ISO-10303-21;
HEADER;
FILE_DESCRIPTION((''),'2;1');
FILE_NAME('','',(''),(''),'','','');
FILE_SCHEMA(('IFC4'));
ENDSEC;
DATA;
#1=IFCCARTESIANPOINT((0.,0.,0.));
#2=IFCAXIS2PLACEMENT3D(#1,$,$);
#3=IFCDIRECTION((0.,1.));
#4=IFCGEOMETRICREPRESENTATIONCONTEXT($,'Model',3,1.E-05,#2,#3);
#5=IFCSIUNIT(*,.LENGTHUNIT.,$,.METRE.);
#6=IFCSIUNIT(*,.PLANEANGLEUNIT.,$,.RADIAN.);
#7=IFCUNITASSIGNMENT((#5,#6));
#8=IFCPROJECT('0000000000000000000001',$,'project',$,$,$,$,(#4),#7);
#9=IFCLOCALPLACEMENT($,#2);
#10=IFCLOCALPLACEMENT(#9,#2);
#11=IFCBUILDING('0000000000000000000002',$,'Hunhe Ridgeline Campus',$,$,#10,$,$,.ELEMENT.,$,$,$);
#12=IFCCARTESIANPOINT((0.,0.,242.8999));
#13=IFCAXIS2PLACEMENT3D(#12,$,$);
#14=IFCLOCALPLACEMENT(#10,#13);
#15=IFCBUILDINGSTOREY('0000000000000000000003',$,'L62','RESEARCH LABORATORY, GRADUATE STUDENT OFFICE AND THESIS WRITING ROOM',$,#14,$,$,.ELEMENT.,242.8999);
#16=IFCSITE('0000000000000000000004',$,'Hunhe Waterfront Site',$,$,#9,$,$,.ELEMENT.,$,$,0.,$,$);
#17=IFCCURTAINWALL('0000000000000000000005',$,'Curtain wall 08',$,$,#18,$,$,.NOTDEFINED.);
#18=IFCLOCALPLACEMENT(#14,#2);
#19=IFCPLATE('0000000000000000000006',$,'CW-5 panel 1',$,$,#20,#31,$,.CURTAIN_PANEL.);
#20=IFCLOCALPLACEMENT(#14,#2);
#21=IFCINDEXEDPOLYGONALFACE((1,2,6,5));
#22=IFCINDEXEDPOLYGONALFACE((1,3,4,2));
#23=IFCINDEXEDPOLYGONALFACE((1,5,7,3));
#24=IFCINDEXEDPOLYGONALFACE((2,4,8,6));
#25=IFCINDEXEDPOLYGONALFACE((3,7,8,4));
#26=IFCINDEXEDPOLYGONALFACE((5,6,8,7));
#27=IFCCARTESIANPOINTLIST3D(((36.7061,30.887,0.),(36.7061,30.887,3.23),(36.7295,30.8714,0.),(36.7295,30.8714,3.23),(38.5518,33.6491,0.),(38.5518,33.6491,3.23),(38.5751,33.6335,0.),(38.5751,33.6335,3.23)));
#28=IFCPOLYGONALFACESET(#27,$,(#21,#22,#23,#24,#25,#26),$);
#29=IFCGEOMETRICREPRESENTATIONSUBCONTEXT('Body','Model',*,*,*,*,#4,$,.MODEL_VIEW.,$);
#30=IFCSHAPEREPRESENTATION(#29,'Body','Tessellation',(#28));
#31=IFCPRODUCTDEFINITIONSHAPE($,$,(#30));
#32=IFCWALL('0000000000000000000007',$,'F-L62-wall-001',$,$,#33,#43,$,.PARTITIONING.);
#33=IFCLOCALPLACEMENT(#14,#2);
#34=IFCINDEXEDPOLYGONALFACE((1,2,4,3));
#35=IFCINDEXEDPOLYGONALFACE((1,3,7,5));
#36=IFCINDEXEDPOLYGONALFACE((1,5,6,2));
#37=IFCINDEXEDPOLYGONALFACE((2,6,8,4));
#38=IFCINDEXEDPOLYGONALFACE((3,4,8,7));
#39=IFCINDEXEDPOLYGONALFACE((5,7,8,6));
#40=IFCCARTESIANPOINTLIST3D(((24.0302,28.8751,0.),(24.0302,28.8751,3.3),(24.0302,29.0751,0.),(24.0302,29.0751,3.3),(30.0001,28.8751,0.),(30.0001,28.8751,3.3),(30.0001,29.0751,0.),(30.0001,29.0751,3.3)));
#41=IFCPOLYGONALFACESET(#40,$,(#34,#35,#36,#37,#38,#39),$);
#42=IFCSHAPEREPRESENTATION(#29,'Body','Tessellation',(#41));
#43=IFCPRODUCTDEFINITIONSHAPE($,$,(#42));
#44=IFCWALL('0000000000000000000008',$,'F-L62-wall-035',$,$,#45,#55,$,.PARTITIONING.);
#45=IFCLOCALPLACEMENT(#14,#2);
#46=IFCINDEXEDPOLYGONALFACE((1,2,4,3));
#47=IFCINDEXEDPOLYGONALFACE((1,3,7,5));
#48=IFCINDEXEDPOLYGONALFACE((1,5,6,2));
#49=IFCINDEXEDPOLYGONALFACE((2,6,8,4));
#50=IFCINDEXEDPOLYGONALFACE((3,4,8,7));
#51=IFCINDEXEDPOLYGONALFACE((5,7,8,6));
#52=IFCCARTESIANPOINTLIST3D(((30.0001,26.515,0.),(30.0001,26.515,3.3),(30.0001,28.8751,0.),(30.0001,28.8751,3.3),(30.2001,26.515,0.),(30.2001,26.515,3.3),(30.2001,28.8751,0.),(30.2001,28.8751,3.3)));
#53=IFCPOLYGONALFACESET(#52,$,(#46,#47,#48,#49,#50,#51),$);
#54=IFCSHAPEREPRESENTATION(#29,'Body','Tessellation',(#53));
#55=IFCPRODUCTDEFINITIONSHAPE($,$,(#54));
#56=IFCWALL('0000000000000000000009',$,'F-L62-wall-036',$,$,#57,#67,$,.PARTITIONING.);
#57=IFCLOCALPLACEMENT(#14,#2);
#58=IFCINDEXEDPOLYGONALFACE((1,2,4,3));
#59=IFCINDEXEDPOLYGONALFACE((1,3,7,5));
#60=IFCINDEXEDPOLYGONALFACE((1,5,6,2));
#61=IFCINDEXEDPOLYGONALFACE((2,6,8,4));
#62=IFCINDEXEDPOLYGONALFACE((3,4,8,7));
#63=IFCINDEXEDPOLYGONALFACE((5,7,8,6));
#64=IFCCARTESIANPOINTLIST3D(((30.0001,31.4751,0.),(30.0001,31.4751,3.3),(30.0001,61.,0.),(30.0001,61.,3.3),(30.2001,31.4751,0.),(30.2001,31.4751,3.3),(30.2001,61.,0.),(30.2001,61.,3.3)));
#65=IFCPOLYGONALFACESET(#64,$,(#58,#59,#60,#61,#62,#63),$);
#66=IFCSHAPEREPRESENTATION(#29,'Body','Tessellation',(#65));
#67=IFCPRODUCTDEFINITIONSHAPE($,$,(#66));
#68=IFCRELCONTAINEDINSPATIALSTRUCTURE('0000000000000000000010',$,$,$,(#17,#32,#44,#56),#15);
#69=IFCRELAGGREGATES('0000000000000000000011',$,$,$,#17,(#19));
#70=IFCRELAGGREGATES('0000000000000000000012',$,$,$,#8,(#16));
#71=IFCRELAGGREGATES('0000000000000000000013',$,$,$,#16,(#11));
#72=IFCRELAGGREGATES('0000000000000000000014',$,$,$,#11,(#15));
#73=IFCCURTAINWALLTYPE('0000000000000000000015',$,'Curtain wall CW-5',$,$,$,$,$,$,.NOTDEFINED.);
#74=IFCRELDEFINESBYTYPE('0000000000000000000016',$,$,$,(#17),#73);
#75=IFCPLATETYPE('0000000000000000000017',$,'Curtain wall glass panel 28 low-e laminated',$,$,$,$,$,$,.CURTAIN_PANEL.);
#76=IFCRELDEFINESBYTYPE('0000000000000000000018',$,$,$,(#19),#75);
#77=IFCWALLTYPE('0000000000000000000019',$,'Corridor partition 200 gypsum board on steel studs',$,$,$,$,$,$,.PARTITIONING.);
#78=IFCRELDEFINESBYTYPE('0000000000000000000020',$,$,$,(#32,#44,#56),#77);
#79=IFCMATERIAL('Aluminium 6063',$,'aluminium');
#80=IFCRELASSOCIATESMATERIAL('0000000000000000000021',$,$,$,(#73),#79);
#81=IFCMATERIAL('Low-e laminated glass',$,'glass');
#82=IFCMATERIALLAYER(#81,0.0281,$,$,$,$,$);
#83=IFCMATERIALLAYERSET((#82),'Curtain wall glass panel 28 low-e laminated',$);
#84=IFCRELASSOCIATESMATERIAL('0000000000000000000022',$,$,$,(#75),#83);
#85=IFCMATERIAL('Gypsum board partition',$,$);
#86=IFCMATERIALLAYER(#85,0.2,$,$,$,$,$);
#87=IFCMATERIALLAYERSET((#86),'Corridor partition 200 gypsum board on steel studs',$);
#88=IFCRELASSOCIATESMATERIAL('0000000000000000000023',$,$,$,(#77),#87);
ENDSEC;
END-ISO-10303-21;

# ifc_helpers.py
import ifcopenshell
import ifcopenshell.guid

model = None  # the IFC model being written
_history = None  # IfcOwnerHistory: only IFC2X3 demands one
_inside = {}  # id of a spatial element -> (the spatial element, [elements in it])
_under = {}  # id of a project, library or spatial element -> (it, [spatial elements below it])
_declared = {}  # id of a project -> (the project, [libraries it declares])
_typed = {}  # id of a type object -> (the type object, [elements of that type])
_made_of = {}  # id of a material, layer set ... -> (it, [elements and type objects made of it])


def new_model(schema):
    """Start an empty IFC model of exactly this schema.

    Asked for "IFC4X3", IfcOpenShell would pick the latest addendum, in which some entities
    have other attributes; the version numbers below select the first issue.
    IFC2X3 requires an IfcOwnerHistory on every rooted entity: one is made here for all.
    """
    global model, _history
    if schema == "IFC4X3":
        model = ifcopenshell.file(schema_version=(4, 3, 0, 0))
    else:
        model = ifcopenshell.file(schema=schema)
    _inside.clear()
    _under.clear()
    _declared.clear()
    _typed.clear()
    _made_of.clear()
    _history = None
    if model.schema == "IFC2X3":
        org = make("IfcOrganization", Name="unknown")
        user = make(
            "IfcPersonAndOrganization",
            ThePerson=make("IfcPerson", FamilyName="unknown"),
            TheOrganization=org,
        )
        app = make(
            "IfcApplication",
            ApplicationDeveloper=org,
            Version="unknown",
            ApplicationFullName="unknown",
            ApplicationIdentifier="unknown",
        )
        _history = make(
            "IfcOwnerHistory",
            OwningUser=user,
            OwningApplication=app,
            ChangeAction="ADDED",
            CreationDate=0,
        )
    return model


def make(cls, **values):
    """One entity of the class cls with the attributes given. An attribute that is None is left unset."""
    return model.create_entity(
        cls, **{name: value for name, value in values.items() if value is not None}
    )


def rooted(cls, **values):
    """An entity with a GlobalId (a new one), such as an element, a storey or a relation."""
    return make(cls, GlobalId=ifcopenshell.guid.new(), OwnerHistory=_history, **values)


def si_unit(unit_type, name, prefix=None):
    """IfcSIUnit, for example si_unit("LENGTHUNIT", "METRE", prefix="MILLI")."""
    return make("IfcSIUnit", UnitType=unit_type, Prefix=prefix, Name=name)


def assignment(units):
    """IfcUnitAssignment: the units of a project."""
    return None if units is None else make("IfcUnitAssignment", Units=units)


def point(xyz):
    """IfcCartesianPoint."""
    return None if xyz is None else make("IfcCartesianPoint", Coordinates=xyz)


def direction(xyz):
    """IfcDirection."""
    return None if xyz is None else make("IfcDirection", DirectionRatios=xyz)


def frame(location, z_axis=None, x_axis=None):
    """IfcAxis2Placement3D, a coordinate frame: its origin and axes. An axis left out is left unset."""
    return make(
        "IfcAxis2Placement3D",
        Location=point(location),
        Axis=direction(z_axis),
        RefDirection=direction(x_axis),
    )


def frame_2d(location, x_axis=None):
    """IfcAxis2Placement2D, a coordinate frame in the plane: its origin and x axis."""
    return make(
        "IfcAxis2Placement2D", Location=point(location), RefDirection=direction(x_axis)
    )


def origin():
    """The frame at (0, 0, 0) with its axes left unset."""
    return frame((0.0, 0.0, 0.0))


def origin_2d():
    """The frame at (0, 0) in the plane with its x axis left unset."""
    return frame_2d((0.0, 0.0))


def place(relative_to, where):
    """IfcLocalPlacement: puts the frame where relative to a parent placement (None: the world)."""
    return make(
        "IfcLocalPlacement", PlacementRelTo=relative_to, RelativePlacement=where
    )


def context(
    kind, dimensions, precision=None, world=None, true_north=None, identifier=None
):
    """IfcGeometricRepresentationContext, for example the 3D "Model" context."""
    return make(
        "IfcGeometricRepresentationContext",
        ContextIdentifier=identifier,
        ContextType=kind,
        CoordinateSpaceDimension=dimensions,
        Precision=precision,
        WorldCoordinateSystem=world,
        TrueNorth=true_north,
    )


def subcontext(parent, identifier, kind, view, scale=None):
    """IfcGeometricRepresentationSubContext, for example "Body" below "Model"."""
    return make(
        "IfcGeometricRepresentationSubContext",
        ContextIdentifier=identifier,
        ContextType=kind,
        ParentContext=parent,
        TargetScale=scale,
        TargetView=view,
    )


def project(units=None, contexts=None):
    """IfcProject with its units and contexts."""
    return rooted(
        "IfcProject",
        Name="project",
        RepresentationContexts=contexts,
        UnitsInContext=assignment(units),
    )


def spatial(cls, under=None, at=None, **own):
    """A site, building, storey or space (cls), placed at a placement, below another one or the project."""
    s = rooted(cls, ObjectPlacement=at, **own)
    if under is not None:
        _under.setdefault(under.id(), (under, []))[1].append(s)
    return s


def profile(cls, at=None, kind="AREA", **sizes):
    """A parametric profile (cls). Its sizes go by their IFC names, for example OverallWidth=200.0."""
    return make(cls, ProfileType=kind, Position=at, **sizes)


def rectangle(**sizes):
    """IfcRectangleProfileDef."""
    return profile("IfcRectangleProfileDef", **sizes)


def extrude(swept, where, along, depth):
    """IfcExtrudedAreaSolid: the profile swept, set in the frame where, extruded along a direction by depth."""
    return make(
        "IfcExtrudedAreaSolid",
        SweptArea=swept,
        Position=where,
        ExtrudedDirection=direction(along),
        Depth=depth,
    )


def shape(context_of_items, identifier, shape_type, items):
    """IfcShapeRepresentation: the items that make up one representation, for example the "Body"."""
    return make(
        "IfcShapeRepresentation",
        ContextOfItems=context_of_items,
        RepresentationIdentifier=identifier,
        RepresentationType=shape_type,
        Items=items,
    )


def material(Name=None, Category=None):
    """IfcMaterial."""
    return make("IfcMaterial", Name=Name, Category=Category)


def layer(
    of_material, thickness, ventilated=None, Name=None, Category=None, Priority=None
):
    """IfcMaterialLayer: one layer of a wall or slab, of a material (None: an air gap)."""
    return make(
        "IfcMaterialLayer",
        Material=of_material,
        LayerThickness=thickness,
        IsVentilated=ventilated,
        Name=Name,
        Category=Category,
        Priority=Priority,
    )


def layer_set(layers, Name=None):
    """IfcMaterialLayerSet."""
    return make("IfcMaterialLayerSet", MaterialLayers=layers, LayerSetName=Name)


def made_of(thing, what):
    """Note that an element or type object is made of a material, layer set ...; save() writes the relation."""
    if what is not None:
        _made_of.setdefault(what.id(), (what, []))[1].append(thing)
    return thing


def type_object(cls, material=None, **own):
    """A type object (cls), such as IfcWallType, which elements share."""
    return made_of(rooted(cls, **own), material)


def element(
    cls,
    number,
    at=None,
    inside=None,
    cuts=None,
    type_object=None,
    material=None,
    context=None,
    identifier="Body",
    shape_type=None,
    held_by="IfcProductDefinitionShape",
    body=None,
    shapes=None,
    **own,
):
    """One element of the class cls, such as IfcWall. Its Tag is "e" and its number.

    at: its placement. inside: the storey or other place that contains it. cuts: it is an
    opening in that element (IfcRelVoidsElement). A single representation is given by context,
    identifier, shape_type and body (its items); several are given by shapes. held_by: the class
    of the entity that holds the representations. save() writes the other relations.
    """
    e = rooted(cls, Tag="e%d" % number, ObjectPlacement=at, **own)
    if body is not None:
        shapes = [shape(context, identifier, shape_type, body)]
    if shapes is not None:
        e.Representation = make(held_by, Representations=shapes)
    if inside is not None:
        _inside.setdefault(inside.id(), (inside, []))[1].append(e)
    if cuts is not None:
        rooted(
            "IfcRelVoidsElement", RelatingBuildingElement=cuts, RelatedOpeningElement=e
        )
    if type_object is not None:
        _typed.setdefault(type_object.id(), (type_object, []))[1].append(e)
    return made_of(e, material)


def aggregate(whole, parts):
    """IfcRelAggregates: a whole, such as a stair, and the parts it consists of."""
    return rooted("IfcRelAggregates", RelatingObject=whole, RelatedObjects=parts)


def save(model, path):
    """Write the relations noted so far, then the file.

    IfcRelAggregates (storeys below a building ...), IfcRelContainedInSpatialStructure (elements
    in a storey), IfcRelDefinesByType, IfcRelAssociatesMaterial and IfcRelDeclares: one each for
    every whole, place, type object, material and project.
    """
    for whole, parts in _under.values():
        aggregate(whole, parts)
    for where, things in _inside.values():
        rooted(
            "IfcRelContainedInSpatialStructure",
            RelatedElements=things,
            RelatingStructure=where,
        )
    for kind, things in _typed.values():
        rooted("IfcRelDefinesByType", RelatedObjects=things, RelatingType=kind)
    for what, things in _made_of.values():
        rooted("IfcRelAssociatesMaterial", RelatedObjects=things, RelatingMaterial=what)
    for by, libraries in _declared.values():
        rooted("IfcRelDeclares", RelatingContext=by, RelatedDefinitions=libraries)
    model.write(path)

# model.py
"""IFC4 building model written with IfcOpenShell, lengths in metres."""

from ifc_helpers import new_model, si_unit, direction, frame, frame_2d, origin, origin_2d, place, context, subcontext, project, spatial, rectangle, extrude, material, layer, layer_set, type_object, element, aggregate, save


model = new_model("IFC4")

# Units and contexts
model_context = context("Model", 3, precision=1e-05, world=origin(), true_north=direction((0.0, 1.0)))
body_context = subcontext(model_context, "Body", "Model", "MODEL_VIEW")
ifc_project = project(units=[si_unit("LENGTHUNIT", "METRE"), si_unit("PLANEANGLEUNIT", "RADIAN")], contexts=[model_context])

# Site, building, storey
site_placement = place(None, origin())
site = spatial("IfcSite", under=ifc_project, at=site_placement, Name="Hunhe Waterfront Site", CompositionType="ELEMENT", RefElevation=0.0)
building_placement = place(site_placement, origin())
building = spatial("IfcBuilding", under=site, at=building_placement, Name="Hunhe Ridgeline Campus", CompositionType="ELEMENT")
storey_placement = place(building_placement, frame((0.0, 0.0, 242.8999)))
storey = spatial("IfcBuildingStorey", under=building, at=storey_placement, Name="L62", Description="RESEARCH LABORATORY, GRADUATE STUDENT OFFICE AND THESIS WRITING ROOM", CompositionType="ELEMENT", Elevation=242.8999)

# Shared definitions
ifc_material_1 = material(Name="Aluminium 6063", Category="aluminium")
curtain_wall_type = type_object("IfcCurtainWallType", Name="Curtain wall CW-5", PredefinedType="NOTDEFINED", material=ifc_material_1)

# Curtain wall
curtain_wall_1_placement = place(storey_placement, origin())
curtain_wall_1 = element("IfcCurtainWall", 1, at=curtain_wall_1_placement, inside=storey, type_object=curtain_wall_type, Name="Curtain wall 08", PredefinedType="NOTDEFINED")

# Plate
ifc_material_2 = material(Name="Low-e laminated glass", Category="glass")
ifc_layer_1 = layer(ifc_material_2, 0.0281)
ifc_layer_set_1 = layer_set([ifc_layer_1], Name="Curtain wall glass panel 28 low-e laminated")
plate_type = type_object("IfcPlateType", Name="Curtain wall glass panel 28 low-e laminated", PredefinedType="CURTAIN_PANEL", material=ifc_layer_set_1)
plate_1_placement = place(storey_placement, frame((37.6406, 32.2603, 0.0), z_axis=(0.0, 0.0, 1.0), x_axis=(0.55557, 0.83147, 0.0)))
plate_1 = element("IfcPlate", 2, at=plate_1_placement, type_object=plate_type, Name="CW-5 panel 1", PredefinedType="CURTAIN_PANEL", context=body_context, shape_type="SweptSolid", body=[
    extrude(rectangle(XDim=3.322, YDim=0.0281, at=origin_2d()), origin(), (0.0, 0.0, 1.0), 3.23),
])
aggregate(curtain_wall_1, [plate_1])

# Walls
ifc_material_3 = material(Name="Gypsum board partition")
ifc_layer_2 = layer(ifc_material_3, 0.2)
ifc_layer_set_2 = layer_set([ifc_layer_2], Name="Corridor partition 200 gypsum board on steel studs")
wall_type = type_object("IfcWallType", Name="Corridor partition 200 gypsum board on steel studs", PredefinedType="PARTITIONING", material=ifc_layer_set_2)
wall_1_placement = place(storey_placement, frame((30.0, 28.9751, 0.0), z_axis=(0.0, 0.0, 1.0), x_axis=(-1.0, 0.0, 0.0)))
element("IfcWall", 3, at=wall_1_placement, inside=storey, type_object=wall_type, Name="F-L62-wall-001", PredefinedType="PARTITIONING", context=body_context, shape_type="SweptSolid", body=[
    extrude(rectangle(XDim=5.97, YDim=0.2, at=frame_2d((2.9849, 0.0))), origin(), (0.0, 0.0, 1.0), 3.3),
])
wall_2_placement = place(storey_placement, frame((30.1001, 26.5149, 0.0), z_axis=(0.0, 0.0, 1.0), x_axis=(0.0, 1.0, 0.0)))
element("IfcWall", 4, at=wall_2_placement, inside=storey, type_object=wall_type, Name="F-L62-wall-035", PredefinedType="PARTITIONING", context=body_context, shape_type="SweptSolid", body=[
    extrude(rectangle(XDim=2.3601, YDim=0.2, at=frame_2d((1.1802, 0.0))), origin(), (0.0, 0.0, 1.0), 3.3),
])
wall_3_placement = place(storey_placement, frame((30.1001, 31.4751, 0.0), z_axis=(0.0, 0.0, 1.0), x_axis=(0.0, 1.0, 0.0)))
element("IfcWall", 5, at=wall_3_placement, inside=storey, type_object=wall_type, Name="F-L62-wall-036", PredefinedType="PARTITIONING", context=body_context, shape_type="SweptSolid", body=[
    extrude(rectangle(XDim=29.5249, YDim=0.2, at=frame_2d((14.7625, 0.0))), origin(), (0.0, 0.0, 1.0), 3.3),
])

save(model, "model.ifc")
